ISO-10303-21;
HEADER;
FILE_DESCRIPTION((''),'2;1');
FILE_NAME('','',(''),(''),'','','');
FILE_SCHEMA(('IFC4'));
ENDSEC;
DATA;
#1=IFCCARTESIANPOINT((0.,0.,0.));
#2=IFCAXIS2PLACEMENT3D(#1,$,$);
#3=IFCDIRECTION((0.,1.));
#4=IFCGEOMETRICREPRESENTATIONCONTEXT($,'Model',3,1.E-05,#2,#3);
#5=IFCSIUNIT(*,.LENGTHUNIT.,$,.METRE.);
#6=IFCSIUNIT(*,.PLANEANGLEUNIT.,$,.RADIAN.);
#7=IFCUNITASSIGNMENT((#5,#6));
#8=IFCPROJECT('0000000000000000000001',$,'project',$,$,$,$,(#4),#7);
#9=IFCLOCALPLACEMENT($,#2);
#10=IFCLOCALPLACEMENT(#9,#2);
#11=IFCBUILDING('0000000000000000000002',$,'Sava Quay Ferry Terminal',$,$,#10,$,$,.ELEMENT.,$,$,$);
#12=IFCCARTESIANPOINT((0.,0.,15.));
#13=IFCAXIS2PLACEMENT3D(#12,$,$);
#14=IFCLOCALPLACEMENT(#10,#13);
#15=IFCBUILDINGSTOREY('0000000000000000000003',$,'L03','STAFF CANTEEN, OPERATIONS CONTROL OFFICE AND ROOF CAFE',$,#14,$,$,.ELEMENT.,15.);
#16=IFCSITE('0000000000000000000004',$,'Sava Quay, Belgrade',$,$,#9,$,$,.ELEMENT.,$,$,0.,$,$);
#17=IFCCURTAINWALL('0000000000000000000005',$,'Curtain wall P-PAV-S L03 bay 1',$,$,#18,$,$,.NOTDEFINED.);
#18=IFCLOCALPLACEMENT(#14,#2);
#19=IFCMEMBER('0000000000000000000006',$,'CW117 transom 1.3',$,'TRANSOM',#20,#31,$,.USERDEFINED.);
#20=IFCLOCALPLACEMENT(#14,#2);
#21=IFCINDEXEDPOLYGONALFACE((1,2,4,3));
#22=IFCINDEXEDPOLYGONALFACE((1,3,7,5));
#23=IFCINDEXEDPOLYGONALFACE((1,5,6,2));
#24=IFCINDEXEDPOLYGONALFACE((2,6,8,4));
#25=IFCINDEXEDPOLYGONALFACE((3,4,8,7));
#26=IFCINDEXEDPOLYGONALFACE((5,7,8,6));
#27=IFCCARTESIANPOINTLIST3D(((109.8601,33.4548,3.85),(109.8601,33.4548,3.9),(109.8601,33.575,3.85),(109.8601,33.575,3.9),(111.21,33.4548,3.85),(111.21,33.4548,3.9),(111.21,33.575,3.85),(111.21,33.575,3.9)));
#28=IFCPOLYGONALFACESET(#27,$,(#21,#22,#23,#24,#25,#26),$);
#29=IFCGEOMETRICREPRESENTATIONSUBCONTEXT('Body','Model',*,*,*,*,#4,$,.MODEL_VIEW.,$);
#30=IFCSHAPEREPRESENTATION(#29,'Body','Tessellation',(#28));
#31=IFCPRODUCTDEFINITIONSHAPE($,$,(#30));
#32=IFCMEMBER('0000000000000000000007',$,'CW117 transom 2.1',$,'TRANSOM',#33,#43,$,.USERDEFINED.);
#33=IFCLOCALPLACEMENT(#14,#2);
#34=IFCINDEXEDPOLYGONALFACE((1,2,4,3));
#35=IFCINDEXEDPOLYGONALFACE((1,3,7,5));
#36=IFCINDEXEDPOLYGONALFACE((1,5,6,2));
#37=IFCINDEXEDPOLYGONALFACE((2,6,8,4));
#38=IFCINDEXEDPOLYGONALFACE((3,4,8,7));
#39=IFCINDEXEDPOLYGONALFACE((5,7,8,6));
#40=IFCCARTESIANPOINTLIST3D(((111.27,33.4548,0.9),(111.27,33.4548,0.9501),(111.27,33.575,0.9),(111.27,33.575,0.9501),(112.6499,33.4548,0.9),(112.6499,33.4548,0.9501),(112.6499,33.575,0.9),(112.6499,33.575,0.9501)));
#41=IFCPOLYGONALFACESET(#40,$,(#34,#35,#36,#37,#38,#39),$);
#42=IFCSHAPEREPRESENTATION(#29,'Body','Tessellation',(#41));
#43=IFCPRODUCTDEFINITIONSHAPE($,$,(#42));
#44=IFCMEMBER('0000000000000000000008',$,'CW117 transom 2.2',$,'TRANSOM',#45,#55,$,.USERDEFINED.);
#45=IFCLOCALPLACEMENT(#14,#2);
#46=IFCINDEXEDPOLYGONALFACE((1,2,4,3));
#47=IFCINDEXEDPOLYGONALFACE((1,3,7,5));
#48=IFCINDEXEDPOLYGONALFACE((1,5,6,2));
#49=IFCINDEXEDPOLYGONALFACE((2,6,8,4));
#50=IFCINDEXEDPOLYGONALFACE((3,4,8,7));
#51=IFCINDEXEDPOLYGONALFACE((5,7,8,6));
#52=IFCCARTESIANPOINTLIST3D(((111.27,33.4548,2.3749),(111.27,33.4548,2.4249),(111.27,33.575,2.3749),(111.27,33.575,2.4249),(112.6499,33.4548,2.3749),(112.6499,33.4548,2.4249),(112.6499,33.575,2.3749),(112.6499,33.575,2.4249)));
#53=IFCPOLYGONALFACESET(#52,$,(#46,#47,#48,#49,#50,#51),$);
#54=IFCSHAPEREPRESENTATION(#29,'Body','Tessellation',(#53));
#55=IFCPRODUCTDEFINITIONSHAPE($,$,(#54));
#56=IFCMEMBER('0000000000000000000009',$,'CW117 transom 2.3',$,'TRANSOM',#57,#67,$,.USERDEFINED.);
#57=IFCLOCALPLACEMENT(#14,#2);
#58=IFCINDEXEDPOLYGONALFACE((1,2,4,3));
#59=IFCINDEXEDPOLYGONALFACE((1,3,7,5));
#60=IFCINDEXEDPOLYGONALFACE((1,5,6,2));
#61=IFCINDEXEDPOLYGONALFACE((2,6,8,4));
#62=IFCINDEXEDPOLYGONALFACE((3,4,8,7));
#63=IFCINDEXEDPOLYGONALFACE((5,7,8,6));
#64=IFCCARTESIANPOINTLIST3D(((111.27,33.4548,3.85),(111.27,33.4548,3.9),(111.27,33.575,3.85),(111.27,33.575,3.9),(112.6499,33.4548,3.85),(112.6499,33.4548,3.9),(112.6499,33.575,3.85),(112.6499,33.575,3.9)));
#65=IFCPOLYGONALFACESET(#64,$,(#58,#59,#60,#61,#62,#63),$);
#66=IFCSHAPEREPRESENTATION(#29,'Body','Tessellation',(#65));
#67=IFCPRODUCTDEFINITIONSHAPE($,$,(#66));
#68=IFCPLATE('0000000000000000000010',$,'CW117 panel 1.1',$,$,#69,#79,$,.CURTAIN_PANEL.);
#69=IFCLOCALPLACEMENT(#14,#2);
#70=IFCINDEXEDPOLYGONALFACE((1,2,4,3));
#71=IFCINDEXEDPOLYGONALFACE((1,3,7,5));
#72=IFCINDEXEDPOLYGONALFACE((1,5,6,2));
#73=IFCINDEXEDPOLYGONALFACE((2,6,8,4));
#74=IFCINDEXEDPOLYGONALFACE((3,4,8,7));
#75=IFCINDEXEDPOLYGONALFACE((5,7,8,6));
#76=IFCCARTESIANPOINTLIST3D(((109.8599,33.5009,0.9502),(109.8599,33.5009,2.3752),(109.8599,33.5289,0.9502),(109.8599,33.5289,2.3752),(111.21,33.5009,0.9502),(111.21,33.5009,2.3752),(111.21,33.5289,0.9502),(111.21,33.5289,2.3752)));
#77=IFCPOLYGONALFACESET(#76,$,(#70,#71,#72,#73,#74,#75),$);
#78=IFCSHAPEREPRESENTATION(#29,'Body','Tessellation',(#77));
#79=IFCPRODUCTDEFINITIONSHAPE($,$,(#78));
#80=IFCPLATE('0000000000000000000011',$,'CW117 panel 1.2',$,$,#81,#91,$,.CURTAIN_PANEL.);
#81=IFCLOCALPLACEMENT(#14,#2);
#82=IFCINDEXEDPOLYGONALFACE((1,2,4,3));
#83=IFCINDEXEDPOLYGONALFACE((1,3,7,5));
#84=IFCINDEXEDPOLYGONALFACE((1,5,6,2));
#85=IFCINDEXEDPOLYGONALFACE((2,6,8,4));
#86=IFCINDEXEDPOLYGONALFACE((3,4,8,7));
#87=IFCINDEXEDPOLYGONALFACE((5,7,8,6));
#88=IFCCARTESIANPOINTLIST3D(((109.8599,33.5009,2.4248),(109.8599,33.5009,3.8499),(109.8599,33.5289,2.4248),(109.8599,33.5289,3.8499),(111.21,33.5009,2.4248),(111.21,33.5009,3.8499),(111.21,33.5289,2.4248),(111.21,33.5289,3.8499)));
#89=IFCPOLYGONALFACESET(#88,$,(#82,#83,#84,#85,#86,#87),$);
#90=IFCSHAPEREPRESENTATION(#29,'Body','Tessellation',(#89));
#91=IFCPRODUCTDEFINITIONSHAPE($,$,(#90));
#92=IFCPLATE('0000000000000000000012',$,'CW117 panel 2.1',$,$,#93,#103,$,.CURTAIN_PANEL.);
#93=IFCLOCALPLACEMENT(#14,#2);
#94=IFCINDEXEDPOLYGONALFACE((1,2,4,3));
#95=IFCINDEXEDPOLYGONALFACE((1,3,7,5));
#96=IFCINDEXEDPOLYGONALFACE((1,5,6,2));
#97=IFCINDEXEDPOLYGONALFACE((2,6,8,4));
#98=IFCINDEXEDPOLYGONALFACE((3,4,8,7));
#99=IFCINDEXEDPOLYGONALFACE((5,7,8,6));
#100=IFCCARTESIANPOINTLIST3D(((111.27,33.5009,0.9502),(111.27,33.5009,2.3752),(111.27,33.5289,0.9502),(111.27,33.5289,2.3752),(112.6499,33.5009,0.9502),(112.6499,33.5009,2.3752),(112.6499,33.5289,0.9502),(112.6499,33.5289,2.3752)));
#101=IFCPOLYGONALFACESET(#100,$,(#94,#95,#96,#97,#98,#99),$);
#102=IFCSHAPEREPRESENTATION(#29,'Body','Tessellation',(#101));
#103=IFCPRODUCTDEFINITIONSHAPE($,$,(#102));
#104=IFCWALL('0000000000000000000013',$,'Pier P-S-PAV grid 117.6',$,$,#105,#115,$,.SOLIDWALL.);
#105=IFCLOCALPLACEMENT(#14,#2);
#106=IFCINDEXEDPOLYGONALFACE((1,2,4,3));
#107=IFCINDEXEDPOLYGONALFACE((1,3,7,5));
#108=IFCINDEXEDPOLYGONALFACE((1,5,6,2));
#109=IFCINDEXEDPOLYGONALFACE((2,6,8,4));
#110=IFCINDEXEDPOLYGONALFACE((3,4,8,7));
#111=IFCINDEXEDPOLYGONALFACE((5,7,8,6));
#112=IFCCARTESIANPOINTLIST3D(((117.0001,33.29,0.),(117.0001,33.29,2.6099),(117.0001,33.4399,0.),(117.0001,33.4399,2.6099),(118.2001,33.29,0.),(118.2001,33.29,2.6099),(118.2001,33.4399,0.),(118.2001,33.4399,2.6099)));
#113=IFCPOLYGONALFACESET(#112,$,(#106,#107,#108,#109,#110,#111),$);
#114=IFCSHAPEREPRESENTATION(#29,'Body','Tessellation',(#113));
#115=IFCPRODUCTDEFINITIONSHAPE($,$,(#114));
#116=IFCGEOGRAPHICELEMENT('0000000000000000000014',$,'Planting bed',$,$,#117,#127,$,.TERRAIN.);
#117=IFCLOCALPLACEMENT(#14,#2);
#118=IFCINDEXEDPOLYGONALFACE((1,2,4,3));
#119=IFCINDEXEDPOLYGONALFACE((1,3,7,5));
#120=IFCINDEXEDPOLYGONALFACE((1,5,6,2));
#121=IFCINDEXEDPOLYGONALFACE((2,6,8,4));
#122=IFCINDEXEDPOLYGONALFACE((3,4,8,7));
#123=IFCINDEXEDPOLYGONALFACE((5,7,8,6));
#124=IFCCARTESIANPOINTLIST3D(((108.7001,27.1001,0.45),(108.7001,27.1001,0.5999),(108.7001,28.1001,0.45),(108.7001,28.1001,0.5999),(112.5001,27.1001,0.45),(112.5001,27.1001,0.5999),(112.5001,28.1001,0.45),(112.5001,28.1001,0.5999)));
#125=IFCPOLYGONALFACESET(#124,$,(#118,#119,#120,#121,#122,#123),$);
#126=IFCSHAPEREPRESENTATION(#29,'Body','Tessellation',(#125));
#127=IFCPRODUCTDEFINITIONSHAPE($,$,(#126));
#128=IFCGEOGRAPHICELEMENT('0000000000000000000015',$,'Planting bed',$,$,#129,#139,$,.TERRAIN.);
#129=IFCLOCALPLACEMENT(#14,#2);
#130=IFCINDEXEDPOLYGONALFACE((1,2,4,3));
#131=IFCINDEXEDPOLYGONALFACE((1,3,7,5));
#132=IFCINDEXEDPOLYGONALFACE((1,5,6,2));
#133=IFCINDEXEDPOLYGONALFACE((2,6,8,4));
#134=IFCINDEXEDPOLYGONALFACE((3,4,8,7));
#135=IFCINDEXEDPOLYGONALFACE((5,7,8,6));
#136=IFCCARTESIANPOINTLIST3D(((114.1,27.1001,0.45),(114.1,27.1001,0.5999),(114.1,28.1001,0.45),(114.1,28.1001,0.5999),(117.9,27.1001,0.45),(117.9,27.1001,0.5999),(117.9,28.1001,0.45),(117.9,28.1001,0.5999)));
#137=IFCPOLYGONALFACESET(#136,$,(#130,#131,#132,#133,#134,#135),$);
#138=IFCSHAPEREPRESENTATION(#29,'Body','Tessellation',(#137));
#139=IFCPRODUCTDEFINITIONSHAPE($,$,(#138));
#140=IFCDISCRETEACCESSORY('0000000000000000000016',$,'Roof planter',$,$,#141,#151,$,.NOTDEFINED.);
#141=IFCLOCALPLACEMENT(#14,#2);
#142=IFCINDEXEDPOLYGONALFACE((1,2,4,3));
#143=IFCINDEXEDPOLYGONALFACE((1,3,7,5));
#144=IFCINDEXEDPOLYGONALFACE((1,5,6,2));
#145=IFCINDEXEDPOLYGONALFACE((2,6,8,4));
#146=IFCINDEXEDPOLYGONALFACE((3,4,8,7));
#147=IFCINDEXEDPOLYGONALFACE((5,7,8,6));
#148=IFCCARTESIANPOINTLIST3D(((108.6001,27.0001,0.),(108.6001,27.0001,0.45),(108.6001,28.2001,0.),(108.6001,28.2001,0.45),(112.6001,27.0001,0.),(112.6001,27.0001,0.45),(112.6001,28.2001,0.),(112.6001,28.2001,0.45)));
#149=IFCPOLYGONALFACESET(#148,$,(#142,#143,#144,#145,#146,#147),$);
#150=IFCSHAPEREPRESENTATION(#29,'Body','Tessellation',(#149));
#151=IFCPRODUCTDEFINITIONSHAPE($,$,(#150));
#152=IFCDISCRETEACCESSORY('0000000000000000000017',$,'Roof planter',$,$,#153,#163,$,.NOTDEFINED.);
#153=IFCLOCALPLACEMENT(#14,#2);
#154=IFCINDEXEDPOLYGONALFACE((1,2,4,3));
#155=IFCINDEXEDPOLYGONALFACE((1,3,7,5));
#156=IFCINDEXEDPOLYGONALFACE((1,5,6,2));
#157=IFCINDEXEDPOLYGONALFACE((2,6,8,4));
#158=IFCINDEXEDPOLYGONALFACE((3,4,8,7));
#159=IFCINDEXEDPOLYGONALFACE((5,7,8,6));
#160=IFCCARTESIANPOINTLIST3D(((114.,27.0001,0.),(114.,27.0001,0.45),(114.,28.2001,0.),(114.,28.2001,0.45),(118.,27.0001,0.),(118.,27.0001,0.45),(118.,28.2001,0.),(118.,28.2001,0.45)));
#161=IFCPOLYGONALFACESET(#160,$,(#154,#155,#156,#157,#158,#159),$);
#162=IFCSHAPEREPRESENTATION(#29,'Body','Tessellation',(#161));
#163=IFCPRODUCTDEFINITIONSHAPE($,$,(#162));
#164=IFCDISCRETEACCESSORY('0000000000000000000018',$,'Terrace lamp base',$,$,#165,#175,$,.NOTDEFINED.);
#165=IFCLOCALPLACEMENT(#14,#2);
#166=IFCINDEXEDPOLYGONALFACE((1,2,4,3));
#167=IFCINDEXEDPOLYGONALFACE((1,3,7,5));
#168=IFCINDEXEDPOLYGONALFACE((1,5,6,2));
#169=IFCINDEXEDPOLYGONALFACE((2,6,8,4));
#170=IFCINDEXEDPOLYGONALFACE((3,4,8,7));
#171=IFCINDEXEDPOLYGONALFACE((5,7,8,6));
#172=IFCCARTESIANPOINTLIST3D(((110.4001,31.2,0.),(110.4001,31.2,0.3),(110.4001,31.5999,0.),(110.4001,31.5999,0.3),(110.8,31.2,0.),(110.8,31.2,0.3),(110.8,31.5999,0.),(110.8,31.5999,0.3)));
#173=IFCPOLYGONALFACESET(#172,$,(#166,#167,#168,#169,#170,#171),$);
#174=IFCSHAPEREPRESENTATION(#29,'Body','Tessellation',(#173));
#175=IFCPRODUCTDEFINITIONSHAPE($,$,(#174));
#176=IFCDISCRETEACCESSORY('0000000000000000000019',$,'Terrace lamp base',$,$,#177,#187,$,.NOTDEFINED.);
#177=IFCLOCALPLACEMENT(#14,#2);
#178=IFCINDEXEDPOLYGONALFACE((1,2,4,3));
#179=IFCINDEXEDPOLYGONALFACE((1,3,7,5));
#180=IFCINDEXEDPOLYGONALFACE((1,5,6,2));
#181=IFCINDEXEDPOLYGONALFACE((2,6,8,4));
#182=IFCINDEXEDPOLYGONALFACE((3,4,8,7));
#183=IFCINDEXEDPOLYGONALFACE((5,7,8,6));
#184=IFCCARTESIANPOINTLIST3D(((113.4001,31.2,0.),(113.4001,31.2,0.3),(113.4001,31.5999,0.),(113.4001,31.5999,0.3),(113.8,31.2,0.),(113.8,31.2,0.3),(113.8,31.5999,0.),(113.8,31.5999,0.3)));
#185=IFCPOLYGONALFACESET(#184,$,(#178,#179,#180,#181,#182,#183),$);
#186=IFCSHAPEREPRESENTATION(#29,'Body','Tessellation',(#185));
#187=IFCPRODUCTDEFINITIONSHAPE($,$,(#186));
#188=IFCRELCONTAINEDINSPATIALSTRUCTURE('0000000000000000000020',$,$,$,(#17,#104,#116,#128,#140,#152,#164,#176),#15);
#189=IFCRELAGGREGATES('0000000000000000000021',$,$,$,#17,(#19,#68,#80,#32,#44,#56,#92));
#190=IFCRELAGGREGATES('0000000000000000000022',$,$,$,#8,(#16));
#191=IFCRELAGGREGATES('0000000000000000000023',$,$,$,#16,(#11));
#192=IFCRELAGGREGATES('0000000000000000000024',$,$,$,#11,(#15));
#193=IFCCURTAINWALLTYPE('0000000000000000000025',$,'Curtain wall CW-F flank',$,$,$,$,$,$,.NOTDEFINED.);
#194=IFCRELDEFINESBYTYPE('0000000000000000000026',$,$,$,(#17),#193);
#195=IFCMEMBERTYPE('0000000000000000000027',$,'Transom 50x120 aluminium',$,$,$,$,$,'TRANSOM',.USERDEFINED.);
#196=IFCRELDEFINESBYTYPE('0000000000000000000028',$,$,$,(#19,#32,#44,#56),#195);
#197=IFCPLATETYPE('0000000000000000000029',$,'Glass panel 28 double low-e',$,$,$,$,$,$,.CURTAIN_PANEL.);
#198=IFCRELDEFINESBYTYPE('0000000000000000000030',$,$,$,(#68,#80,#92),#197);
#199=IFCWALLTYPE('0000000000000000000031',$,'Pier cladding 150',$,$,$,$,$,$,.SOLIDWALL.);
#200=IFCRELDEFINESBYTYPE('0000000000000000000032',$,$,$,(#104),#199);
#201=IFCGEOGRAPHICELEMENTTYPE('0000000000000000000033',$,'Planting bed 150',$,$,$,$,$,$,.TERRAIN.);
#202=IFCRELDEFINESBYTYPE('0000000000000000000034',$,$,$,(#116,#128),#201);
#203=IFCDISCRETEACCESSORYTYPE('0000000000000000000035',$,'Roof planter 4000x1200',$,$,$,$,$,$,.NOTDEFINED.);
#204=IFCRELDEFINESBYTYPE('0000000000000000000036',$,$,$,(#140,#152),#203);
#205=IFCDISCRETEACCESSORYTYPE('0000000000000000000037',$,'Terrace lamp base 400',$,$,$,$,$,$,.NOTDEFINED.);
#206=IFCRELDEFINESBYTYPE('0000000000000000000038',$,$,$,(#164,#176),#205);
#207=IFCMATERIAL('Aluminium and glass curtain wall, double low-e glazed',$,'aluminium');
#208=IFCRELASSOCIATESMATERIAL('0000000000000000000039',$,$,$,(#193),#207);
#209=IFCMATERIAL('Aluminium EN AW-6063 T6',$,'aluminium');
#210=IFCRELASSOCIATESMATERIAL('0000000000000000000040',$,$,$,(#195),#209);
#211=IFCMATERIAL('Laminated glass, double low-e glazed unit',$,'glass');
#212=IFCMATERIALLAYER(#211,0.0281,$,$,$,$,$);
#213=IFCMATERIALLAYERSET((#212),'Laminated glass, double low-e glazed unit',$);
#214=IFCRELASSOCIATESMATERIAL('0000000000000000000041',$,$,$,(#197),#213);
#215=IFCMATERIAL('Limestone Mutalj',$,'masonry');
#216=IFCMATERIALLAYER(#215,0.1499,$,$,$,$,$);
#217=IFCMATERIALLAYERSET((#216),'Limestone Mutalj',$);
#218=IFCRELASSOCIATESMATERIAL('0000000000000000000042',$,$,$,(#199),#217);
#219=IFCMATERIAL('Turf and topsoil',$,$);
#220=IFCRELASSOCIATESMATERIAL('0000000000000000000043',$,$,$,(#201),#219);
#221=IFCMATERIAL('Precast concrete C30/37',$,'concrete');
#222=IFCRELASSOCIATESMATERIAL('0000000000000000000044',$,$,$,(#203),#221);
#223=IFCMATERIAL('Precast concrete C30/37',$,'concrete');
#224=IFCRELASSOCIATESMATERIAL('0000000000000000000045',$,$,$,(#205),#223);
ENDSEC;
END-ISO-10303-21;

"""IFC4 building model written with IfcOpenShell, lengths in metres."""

from ifc_helpers import new_model, si_unit, direction, frame, frame_2d, origin, origin_2d, place, context, subcontext, project, spatial, rectangle, extrude, material, layer, layer_set, material_profile, profile_set, type_object, element, aggregate, save


model = new_model("IFC4")

# Units and contexts
model_context = context("Model", 3, precision=1e-05, world=origin(), true_north=direction((0.0, 1.0)))
body_context = subcontext(model_context, "Body", "Model", "MODEL_VIEW")
ifc_project = project(units=[si_unit("LENGTHUNIT", "METRE"), si_unit("PLANEANGLEUNIT", "RADIAN")], contexts=[model_context])

# Site, building, storey
site_placement = place(None, origin())
site = spatial("IfcSite", under=ifc_project, at=site_placement, Name="Sava Quay, Belgrade", CompositionType="ELEMENT", RefElevation=0.0)
building_placement = place(site_placement, origin())
building = spatial("IfcBuilding", under=site, at=building_placement, Name="Sava Quay Ferry Terminal", CompositionType="ELEMENT")
storey_placement = place(building_placement, frame((0.0, 0.0, 15.0)))
storey = spatial("IfcBuildingStorey", under=building, at=storey_placement, Name="L03", Description="STAFF CANTEEN, OPERATIONS CONTROL OFFICE AND ROOF CAFE", CompositionType="ELEMENT", Elevation=15.0)

# Curtain wall
ifc_material_1 = material(Name="Aluminium and glass curtain wall, double low-e glazed", Category="aluminium")
curtain_wall_type = type_object("IfcCurtainWallType", Name="Curtain wall CW-F flank", PredefinedType="NOTDEFINED", material=ifc_material_1)
curtain_wall_placement = place(storey_placement, origin())
curtain_wall = element("IfcCurtainWall", 1, at=curtain_wall_placement, inside=storey, type_object=curtain_wall_type, Name="Curtain wall P-PAV-S L03 bay 1", PredefinedType="NOTDEFINED")

# Members
ifc_material_2 = material(Name="Aluminium EN AW-6063 T6", Category="aluminium")
ifc_material_profile_1 = material_profile(ifc_material_2, rectangle(XDim=0.1201, YDim=0.05, at=origin_2d()), Name="Transom 50x120 aluminium")
ifc_profile_set_1 = profile_set([ifc_material_profile_1], Name="Aluminium EN AW-6063 T6")
member_type_1 = type_object("IfcMemberType", Name="Transom 50x120 aluminium", ElementType="TRANSOM", PredefinedType="USERDEFINED", material=ifc_profile_set_1)
member_1_placement = place(storey_placement, frame((109.8601, 33.5149, 3.875), z_axis=(1.0, 0.0, 0.0), x_axis=(0.0, 1.0, 0.0)))
member_1 = element("IfcMember", 2, at=member_1_placement, type_object=member_type_1, Name="CW117 transom 1.3", ObjectType="TRANSOM", PredefinedType="USERDEFINED", context=body_context, shape_type="SweptSolid", body=[
    extrude(rectangle(XDim=0.1201, YDim=0.05, at=origin_2d()), origin(), (0.0, 0.0, 1.0), 1.3499),
])
member_2_placement = place(storey_placement, frame((111.27, 33.5149, 0.925), z_axis=(1.0, 0.0, 0.0), x_axis=(0.0, 1.0, 0.0)))
member_2 = element("IfcMember", 3, at=member_2_placement, type_object=member_type_1, Name="CW117 transom 2.1", ObjectType="TRANSOM", PredefinedType="USERDEFINED", context=body_context, shape_type="SweptSolid", body=[
    extrude(rectangle(XDim=0.1201, YDim=0.05, at=origin_2d()), origin(), (0.0, 0.0, 1.0), 1.3799),
])
member_3_placement = place(storey_placement, frame((111.27, 33.5149, 2.3999), z_axis=(1.0, 0.0, 0.0), x_axis=(0.0, 1.0, 0.0)))
member_3 = element("IfcMember", 4, at=member_3_placement, type_object=member_type_1, Name="CW117 transom 2.2", ObjectType="TRANSOM", PredefinedType="USERDEFINED", context=body_context, shape_type="SweptSolid", body=[
    extrude(rectangle(XDim=0.1201, YDim=0.05, at=origin_2d()), origin(), (0.0, 0.0, 1.0), 1.3799),
])
member_4_placement = place(storey_placement, frame((111.27, 33.5149, 3.875), z_axis=(1.0, 0.0, 0.0), x_axis=(0.0, 1.0, 0.0)))
member_4 = element("IfcMember", 5, at=member_4_placement, type_object=member_type_1, Name="CW117 transom 2.3", ObjectType="TRANSOM", PredefinedType="USERDEFINED", context=body_context, shape_type="SweptSolid", body=[
    extrude(rectangle(XDim=0.1201, YDim=0.05, at=origin_2d()), origin(), (0.0, 0.0, 1.0), 1.3799),
])

# Plates
ifc_material_3 = material(Name="Laminated glass, double low-e glazed unit", Category="glass")
ifc_layer_1 = layer(ifc_material_3, 0.0281)
ifc_layer_set_1 = layer_set([ifc_layer_1], Name="Laminated glass, double low-e glazed unit")
plate_type = type_object("IfcPlateType", Name="Glass panel 28 double low-e", PredefinedType="CURTAIN_PANEL", material=ifc_layer_set_1)
plate_1_placement = place(storey_placement, frame((110.5349, 33.5149, 0.9502), z_axis=(0.0, 0.0, 1.0), x_axis=(1.0, 0.0, 0.0)))
plate_1 = element("IfcPlate", 6, at=plate_1_placement, type_object=plate_type, Name="CW117 panel 1.1", PredefinedType="CURTAIN_PANEL", context=body_context, shape_type="SweptSolid", body=[
    extrude(rectangle(XDim=1.3501, YDim=0.0281, at=origin_2d()), origin(), (0.0, 0.0, 1.0), 1.425),
])
plate_2_placement = place(storey_placement, frame((110.5349, 33.5149, 2.4248), z_axis=(0.0, 0.0, 1.0), x_axis=(1.0, 0.0, 0.0)))
plate_2 = element("IfcPlate", 7, at=plate_2_placement, type_object=plate_type, Name="CW117 panel 1.2", PredefinedType="CURTAIN_PANEL", context=body_context, shape_type="SweptSolid", body=[
    extrude(rectangle(XDim=1.3501, YDim=0.0281, at=origin_2d()), origin(), (0.0, 0.0, 1.0), 1.425),
])
plate_3_placement = place(storey_placement, frame((111.96, 33.5149, 0.9502), z_axis=(0.0, 0.0, 1.0), x_axis=(1.0, 0.0, 0.0)))
plate_3 = element("IfcPlate", 8, at=plate_3_placement, type_object=plate_type, Name="CW117 panel 2.1", PredefinedType="CURTAIN_PANEL", context=body_context, shape_type="SweptSolid", body=[
    extrude(rectangle(XDim=1.3799, YDim=0.0281, at=origin_2d()), origin(), (0.0, 0.0, 1.0), 1.425),
])
aggregate(curtain_wall, [member_1, plate_1, plate_2, member_2, member_3, member_4, plate_3])

# Wall
ifc_material_4 = material(Name="Limestone Mutalj", Category="masonry")
ifc_layer_2 = layer(ifc_material_4, 0.1499)
ifc_layer_set_2 = layer_set([ifc_layer_2], Name="Limestone Mutalj")
wall_type = type_object("IfcWallType", Name="Pier cladding 150", PredefinedType="SOLIDWALL", material=ifc_layer_set_2)
wall_placement = place(storey_placement, frame((117.0, 33.365, 0.0), z_axis=(0.0, 0.0, 1.0), x_axis=(1.0, 0.0, 0.0)))
element("IfcWall", 9, at=wall_placement, inside=storey, type_object=wall_type, Name="Pier P-S-PAV grid 117.6", PredefinedType="SOLIDWALL", context=body_context, shape_type="SweptSolid", body=[
    extrude(rectangle(XDim=1.2, YDim=0.1499, at=frame_2d((0.6001, 0.0))), origin(), (0.0, 0.0, 1.0), 2.6099),
])

# Geographic elements
ifc_material_5 = material(Name="Turf and topsoil")
geographic_element_type = type_object("IfcGeographicElementType", Name="Planting bed 150", PredefinedType="TERRAIN", material=ifc_material_5)
for number, where, z_axis, x_axis, name in (
    (10, (110.6001, 27.6001, 0.45), (0.0, 0.0, 1.0), (1.0, 0.0, 0.0), "Planting bed"),
    (11, (116.0, 27.6001, 0.45), (0.0, 0.0, 1.0), (1.0, 0.0, 0.0), "Planting bed"),
):
    element("IfcGeographicElement", number, at=place(storey_placement, frame(where, z_axis=z_axis, x_axis=x_axis)), inside=storey, type_object=geographic_element_type, Name=name, PredefinedType="TERRAIN", context=body_context, shape_type="SweptSolid", body=[
        extrude(rectangle(XDim=3.8, YDim=1.0, at=origin_2d()), origin(), (0.0, 0.0, 1.0), 0.1499),
    ])

# Discrete accessories
ifc_material_6 = material(Name="Precast concrete C30/37", Category="concrete")
discrete_accessory_type_1 = type_object("IfcDiscreteAccessoryType", Name="Roof planter 4000x1200", PredefinedType="NOTDEFINED", material=ifc_material_6)
for number, where, z_axis, x_axis, name in (
    (12, (110.6001, 27.6001, 0.0), (0.0, 0.0, 1.0), (1.0, 0.0, 0.0), "Roof planter"),
    (13, (116.0, 27.6001, 0.0), (0.0, 0.0, 1.0), (1.0, 0.0, 0.0), "Roof planter"),
):
    element("IfcDiscreteAccessory", number, at=place(storey_placement, frame(where, z_axis=z_axis, x_axis=x_axis)), inside=storey, type_object=discrete_accessory_type_1, Name=name, PredefinedType="NOTDEFINED", context=body_context, shape_type="SweptSolid", body=[
        extrude(rectangle(XDim=4.0, YDim=1.2, at=origin_2d()), origin(), (0.0, 0.0, 1.0), 0.45),
    ])
ifc_material_7 = material(Name="Precast concrete C30/37", Category="concrete")
discrete_accessory_type_2 = type_object("IfcDiscreteAccessoryType", Name="Terrace lamp base 400", PredefinedType="NOTDEFINED", material=ifc_material_7)
for number, where, z_axis, x_axis, name in (
    (14, (110.6001, 31.3999, 0.0), (0.0, 0.0, 1.0), (1.0, 0.0, 0.0), "Terrace lamp base"),
    (15, (113.6001, 31.3999, 0.0), (0.0, 0.0, 1.0), (1.0, 0.0, 0.0), "Terrace lamp base"),
):
    element("IfcDiscreteAccessory", number, at=place(storey_placement, frame(where, z_axis=z_axis, x_axis=x_axis)), inside=storey, type_object=discrete_accessory_type_2, Name=name, PredefinedType="NOTDEFINED", context=body_context, shape_type="SweptSolid", body=[
        extrude(rectangle(XDim=0.3999, YDim=0.3999, at=origin_2d()), origin(), (0.0, 0.0, 1.0), 0.3),
    ])

save(model, "model.ifc")
